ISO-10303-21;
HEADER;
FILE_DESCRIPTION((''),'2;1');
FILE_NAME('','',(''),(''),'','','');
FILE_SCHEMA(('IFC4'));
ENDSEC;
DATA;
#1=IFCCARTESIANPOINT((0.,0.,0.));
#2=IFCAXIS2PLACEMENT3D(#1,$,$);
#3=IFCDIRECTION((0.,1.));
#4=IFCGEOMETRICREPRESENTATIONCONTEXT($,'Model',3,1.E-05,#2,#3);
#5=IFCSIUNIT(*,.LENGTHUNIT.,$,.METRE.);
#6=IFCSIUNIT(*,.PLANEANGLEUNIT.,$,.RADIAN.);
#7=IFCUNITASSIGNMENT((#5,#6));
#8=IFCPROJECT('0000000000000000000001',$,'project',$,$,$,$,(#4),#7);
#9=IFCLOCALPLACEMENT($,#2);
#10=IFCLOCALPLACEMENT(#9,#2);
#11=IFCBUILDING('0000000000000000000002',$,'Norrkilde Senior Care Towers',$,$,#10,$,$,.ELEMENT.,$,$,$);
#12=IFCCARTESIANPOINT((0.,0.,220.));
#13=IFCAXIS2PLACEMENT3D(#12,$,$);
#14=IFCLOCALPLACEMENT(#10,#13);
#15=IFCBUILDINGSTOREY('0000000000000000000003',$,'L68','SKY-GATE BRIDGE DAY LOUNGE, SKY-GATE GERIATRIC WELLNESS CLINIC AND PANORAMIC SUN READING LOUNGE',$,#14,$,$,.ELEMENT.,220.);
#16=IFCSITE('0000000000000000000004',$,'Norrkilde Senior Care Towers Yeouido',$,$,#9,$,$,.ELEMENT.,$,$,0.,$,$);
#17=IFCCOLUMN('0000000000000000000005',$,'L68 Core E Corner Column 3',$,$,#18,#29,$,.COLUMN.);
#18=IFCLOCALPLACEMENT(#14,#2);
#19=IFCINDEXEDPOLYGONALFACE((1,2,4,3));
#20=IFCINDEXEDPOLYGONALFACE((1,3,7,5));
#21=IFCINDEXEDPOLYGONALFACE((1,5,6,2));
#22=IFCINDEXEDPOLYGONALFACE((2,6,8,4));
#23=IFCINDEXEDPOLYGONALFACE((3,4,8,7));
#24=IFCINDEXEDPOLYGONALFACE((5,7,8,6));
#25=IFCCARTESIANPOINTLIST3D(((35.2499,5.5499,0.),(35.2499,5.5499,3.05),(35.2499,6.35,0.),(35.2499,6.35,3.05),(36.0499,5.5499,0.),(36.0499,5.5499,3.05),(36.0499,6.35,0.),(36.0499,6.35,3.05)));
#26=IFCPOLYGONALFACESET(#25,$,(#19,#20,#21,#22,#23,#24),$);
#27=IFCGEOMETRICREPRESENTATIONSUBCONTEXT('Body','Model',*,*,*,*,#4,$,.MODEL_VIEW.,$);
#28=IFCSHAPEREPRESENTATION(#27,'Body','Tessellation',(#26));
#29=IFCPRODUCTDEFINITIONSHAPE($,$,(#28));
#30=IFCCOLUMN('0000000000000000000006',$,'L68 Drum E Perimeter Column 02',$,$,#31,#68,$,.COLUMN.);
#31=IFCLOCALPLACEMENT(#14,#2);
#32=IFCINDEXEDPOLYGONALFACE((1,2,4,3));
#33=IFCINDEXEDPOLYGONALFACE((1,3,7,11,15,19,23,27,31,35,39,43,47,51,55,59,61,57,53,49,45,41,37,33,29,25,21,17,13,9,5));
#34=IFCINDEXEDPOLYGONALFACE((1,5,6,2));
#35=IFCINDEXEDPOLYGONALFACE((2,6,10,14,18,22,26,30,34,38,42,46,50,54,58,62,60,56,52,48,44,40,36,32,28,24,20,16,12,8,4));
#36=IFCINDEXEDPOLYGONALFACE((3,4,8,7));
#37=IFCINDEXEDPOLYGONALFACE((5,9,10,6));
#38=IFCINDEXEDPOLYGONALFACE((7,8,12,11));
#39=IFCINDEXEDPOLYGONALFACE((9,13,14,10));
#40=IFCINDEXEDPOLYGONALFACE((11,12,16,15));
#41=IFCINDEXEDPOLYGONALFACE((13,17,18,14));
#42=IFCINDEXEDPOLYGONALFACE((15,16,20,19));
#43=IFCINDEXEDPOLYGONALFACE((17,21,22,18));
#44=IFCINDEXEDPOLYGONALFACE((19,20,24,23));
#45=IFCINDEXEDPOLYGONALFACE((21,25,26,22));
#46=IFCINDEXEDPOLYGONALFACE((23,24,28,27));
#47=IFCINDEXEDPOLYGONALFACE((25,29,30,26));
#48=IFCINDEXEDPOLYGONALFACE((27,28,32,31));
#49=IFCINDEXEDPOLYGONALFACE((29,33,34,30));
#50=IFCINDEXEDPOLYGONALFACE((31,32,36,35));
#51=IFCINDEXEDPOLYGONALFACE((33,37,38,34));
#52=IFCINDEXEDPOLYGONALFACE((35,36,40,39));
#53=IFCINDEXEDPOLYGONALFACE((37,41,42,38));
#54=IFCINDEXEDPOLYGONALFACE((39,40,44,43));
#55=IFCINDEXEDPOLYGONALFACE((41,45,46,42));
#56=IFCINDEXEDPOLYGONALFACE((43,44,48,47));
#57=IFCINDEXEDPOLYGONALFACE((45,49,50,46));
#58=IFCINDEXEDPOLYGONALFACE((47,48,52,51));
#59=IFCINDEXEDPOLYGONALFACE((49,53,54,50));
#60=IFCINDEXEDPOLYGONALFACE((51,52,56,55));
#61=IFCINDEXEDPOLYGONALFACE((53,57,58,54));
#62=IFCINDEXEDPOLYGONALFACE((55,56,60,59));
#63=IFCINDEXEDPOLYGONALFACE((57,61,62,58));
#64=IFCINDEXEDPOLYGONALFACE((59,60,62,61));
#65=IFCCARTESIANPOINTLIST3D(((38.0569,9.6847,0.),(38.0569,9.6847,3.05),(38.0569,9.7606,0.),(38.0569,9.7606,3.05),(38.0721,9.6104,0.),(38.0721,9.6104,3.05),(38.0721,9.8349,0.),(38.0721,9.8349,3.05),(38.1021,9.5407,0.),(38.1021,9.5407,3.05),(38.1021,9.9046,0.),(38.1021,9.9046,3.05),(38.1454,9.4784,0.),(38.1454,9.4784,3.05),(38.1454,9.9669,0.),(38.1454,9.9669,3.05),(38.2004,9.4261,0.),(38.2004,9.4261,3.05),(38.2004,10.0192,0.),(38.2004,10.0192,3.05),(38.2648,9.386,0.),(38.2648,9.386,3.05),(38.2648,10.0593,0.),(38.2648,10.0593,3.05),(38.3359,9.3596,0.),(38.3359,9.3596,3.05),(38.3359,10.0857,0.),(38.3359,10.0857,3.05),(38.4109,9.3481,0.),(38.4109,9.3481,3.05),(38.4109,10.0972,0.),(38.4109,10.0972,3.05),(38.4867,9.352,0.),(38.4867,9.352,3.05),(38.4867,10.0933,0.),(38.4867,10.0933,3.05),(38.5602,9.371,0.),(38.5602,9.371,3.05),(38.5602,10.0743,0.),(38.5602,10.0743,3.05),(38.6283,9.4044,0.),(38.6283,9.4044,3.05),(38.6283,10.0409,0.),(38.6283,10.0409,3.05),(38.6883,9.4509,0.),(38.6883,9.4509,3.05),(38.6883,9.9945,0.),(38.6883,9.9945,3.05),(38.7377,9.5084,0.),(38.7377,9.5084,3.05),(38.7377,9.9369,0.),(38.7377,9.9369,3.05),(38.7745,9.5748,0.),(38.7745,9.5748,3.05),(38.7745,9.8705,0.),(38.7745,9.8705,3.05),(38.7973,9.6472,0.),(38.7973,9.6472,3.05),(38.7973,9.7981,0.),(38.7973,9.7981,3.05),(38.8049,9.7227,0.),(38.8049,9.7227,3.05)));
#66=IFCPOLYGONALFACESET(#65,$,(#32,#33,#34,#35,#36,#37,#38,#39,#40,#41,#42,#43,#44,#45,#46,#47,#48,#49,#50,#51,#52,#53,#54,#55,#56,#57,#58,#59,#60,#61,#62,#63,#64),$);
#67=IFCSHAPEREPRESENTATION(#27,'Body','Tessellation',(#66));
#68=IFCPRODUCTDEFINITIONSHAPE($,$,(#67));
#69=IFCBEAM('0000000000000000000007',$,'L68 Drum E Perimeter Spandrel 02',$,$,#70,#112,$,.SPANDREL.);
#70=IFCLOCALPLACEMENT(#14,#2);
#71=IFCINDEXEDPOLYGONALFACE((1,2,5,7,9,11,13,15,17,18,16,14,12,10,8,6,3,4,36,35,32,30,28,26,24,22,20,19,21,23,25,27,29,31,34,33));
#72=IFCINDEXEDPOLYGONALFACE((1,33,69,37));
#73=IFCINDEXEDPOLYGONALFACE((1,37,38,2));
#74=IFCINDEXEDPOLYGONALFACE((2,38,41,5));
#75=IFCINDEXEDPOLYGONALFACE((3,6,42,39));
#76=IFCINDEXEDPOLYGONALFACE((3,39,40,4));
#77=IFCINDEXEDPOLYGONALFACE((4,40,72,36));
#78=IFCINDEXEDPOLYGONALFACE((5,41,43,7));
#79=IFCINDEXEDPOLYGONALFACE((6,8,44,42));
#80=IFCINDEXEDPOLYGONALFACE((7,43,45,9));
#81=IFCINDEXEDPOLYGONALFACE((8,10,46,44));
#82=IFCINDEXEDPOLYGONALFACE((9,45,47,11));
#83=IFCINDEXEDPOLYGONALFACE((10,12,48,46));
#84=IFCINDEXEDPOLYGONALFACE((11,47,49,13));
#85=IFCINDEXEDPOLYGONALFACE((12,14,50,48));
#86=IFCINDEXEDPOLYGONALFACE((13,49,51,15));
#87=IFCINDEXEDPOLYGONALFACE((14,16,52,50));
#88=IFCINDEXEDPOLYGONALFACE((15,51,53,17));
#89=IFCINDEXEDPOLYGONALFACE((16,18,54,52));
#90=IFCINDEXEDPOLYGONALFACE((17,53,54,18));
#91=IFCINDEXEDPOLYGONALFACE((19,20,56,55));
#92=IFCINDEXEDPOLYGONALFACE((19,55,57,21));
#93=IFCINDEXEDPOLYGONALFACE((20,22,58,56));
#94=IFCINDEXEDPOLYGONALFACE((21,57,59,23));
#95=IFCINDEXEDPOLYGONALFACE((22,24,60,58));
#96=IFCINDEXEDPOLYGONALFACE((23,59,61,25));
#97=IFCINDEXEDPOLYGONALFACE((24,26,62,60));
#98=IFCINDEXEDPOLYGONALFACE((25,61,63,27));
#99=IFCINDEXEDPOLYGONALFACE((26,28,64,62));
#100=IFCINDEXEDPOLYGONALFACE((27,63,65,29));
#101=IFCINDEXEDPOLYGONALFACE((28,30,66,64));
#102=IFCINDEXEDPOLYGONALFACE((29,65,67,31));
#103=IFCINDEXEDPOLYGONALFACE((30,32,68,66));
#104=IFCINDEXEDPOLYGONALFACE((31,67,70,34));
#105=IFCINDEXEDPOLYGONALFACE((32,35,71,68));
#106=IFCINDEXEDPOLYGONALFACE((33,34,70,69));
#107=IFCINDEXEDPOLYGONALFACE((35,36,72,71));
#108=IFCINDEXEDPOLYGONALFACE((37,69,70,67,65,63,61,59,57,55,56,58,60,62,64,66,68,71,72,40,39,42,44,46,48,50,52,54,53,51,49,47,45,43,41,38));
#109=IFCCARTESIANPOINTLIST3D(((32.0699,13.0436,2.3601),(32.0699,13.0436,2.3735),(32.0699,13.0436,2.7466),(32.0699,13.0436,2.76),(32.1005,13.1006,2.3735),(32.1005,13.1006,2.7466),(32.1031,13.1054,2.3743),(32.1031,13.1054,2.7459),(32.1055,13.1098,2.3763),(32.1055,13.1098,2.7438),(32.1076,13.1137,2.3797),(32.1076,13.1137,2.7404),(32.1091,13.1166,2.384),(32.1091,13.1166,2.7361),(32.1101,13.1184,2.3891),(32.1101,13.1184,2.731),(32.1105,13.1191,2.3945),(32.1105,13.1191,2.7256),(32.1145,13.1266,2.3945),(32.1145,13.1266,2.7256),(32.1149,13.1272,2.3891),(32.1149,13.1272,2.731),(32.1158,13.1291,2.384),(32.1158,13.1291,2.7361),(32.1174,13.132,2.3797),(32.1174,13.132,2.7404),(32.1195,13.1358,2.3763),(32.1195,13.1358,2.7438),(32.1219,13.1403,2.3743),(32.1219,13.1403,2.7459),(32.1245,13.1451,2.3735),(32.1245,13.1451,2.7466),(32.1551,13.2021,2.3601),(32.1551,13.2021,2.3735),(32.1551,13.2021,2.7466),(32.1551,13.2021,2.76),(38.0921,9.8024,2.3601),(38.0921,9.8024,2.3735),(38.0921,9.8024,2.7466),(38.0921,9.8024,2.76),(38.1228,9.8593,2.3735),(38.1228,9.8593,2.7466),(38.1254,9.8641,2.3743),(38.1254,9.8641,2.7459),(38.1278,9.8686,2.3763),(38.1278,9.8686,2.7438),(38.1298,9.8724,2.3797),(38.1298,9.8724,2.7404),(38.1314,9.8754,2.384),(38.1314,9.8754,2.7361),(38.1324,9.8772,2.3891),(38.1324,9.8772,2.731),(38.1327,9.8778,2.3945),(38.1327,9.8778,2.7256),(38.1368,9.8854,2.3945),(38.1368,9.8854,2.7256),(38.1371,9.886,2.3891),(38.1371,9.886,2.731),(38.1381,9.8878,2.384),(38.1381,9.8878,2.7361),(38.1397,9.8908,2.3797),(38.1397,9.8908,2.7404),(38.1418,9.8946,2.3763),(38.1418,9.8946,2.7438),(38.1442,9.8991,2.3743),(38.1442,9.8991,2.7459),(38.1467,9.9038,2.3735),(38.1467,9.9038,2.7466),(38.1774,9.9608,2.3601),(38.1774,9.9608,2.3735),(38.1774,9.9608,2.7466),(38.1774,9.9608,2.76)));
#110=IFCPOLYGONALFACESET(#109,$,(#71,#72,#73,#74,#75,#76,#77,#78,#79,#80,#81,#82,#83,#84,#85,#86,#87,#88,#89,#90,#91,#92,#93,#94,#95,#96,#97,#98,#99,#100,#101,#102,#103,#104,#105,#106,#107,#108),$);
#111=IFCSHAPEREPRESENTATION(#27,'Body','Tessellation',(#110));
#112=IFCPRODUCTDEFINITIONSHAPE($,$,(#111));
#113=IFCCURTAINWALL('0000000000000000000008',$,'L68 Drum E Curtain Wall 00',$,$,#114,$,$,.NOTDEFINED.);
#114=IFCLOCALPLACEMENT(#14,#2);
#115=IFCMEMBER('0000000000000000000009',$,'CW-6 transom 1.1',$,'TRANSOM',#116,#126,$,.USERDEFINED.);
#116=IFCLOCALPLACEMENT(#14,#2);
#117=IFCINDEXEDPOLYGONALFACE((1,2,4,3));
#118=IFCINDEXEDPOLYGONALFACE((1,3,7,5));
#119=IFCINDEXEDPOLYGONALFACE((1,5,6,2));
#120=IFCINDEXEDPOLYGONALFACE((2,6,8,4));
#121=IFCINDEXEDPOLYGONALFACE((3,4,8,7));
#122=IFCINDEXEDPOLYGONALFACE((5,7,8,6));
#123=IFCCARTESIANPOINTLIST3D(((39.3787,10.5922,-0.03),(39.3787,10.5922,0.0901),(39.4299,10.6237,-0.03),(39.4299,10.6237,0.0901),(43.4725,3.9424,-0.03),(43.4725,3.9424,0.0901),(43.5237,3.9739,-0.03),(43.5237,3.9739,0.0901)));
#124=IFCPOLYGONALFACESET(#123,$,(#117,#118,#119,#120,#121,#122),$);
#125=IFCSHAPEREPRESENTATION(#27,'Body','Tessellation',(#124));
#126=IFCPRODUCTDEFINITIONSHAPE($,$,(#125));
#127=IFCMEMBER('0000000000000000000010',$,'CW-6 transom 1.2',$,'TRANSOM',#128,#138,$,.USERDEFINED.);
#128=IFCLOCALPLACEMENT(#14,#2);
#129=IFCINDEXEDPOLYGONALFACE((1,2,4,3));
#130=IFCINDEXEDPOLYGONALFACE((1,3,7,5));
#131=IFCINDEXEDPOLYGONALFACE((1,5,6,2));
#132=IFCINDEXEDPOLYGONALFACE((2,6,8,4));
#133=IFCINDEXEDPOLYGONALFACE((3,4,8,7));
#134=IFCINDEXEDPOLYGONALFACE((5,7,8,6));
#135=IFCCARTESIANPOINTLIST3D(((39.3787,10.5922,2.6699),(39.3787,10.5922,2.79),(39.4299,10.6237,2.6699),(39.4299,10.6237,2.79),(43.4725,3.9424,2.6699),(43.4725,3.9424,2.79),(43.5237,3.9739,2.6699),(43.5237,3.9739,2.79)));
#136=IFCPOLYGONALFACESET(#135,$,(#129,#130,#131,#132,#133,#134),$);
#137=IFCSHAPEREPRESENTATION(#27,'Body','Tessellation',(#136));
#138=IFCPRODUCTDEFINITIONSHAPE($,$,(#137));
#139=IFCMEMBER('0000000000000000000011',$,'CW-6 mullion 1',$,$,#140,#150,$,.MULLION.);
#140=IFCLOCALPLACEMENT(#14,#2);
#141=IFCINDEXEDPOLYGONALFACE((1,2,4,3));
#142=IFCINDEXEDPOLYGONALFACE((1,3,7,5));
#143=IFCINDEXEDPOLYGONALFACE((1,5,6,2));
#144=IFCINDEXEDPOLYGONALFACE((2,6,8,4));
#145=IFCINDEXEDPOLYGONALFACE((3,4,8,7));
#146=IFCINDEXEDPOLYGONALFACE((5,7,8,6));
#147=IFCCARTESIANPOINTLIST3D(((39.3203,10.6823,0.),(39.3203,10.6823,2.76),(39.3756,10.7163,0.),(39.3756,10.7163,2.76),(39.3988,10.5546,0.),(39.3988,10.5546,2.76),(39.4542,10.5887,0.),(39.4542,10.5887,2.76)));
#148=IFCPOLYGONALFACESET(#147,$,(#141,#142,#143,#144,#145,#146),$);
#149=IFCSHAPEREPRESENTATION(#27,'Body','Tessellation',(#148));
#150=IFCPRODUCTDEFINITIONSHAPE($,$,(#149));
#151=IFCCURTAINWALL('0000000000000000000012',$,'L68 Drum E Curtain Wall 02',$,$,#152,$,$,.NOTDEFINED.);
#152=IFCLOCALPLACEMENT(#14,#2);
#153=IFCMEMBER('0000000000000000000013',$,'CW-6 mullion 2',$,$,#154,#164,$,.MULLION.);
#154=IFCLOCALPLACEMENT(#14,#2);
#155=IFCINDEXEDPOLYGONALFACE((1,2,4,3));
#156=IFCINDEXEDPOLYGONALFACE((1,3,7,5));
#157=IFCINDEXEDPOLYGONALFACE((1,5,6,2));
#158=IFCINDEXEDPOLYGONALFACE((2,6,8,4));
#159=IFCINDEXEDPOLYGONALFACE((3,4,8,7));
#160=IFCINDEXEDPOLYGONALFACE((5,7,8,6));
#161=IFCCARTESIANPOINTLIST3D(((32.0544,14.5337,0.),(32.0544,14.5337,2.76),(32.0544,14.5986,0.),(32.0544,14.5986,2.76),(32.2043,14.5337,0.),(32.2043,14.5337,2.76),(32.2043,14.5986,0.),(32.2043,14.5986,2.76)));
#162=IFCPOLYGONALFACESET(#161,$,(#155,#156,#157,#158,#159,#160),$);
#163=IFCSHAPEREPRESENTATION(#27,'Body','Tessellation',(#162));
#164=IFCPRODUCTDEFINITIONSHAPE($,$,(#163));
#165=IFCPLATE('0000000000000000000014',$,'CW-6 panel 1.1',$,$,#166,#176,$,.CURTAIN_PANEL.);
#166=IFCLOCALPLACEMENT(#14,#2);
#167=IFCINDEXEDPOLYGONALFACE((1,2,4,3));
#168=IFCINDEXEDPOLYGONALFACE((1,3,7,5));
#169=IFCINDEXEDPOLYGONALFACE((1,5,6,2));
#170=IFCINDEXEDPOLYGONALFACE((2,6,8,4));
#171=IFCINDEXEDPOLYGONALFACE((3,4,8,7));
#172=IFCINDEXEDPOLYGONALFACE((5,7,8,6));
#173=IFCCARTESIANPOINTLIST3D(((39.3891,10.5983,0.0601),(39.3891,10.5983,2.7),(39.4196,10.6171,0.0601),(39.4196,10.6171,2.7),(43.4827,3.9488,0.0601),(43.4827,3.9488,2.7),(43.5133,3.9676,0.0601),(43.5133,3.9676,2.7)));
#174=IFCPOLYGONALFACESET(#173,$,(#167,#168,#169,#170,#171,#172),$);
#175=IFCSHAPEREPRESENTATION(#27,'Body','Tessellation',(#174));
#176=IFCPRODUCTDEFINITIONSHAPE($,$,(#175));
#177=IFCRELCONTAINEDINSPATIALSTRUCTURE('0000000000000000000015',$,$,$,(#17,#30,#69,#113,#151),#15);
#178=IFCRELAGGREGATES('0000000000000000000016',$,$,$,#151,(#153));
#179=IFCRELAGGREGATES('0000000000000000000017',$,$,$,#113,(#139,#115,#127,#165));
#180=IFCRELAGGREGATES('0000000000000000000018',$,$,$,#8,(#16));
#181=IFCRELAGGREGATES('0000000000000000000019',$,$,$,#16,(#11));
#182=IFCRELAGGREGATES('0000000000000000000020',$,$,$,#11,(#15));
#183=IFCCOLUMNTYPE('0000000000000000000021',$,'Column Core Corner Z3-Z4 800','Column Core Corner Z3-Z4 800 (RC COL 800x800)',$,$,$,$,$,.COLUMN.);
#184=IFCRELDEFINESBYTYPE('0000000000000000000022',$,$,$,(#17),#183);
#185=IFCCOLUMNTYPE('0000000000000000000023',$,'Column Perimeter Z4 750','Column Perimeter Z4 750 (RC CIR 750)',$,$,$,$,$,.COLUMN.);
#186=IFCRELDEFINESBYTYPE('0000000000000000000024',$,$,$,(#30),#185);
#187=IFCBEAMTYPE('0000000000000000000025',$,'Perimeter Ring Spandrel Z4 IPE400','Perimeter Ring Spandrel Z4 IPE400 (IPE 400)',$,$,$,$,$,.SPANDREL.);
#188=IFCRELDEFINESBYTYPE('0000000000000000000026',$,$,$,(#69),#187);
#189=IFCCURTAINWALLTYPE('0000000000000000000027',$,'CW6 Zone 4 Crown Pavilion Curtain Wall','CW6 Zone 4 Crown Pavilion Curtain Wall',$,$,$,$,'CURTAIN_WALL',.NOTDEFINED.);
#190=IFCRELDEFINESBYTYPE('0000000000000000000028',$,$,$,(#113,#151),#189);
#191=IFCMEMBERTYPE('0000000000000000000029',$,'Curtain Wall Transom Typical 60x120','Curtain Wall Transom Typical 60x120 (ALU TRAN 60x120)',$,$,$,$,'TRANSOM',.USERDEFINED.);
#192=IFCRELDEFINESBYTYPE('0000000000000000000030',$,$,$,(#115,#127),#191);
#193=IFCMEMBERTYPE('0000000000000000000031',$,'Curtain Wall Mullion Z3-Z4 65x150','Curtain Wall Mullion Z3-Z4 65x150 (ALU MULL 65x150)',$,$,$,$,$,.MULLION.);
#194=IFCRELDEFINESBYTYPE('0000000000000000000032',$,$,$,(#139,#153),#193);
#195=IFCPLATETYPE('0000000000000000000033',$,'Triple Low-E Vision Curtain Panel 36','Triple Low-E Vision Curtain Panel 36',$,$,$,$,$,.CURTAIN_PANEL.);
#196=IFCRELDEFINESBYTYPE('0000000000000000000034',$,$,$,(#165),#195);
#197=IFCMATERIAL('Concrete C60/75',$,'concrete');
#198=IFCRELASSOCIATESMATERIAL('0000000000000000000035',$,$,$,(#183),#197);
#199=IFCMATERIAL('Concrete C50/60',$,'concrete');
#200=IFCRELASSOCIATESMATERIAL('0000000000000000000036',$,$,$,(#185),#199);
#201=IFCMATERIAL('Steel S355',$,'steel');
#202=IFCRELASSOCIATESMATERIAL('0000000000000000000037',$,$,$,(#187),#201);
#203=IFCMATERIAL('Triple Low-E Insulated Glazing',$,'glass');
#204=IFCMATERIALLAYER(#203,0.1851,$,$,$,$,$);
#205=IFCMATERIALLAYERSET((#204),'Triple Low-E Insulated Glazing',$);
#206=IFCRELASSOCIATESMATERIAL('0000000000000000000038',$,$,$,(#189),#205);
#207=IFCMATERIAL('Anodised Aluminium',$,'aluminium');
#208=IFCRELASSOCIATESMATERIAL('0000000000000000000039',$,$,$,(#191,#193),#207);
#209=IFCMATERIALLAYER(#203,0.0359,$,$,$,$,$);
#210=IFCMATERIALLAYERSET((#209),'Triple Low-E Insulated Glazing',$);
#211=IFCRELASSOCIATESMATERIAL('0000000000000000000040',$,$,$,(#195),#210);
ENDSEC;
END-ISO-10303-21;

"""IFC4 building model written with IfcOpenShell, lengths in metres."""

from ifc_helpers import new_model, si_unit, direction, frame, origin, origin_2d, place, context, subcontext, project, spatial, rectangle, circle, i_section, extrude, source, transform, mapped, material, layer, layer_set, material_profile, profile_set, type_object, type_shapes, element, aggregate, save


model = new_model("IFC4")

# Units and contexts
model_context = context("Model", 3, precision=1e-05, world=origin(), true_north=direction((0.0, 1.0)))
body_context = subcontext(model_context, "Body", "Model", "MODEL_VIEW")
ifc_project = project(units=[si_unit("LENGTHUNIT", "METRE"), si_unit("PLANEANGLEUNIT", "RADIAN")], contexts=[model_context])

# Site, building, storey
site_placement = place(None, origin())
site = spatial("IfcSite", under=ifc_project, at=site_placement, Name="Norrkilde Senior Care Towers Yeouido", CompositionType="ELEMENT", RefElevation=0.0)
building_placement = place(site_placement, origin())
building = spatial("IfcBuilding", under=site, at=building_placement, Name="Norrkilde Senior Care Towers", CompositionType="ELEMENT")
storey_placement = place(building_placement, frame((0.0, 0.0, 220.0)))
storey = spatial("IfcBuildingStorey", under=building, at=storey_placement, Name="L68", Description="SKY-GATE BRIDGE DAY LOUNGE, SKY-GATE GERIATRIC WELLNESS CLINIC AND PANORAMIC SUN READING LOUNGE", CompositionType="ELEMENT", Elevation=220.0)

# Columns
ifc_material_1 = material(Name="Concrete C60/75", Category="concrete")
ifc_material_profile_1 = material_profile(ifc_material_1, rectangle(XDim=0.8, YDim=0.8, at=origin_2d()), Name="RC COL 800x800")
ifc_profile_set_1 = profile_set([ifc_material_profile_1], Name="Concrete C60/75")
column_type_1 = type_object("IfcColumnType", Name="Column Core Corner Z3-Z4 800", Description="Column Core Corner Z3-Z4 800 (RC COL 800x800)", PredefinedType="COLUMN", material=ifc_profile_set_1)
shared_shape_1 = source(origin(), body_context, "Body", "SweptSolid", [
    extrude(rectangle(XDim=0.8, YDim=0.8, at=origin_2d()), origin(), (0.0, 0.0, 1.0), 3.05),
])
type_shapes(column_type_1, [shared_shape_1])
column_1_placement = place(storey_placement, frame((35.6499, 5.95, 0.0), z_axis=(0.0, 0.0, 1.0), x_axis=(1.0, 0.0, 0.0)))
element("IfcColumn", 1, at=column_1_placement, inside=storey, type_object=column_type_1, Name="L68 Core E Corner Column 3", PredefinedType="COLUMN", context=body_context, shape_type="MappedRepresentation", body=[
    mapped(shared_shape_1, transform((0.0, 0.0, 0.0), x_axis=(1.0, 0.0, 0.0), y_axis=(0.0, 1.0, 0.0), z_axis=(0.0, 0.0, 1.0), scale=1.0)),
])
ifc_material_2 = material(Name="Concrete C50/60", Category="concrete")
ifc_material_profile_2 = material_profile(ifc_material_2, circle(Radius=0.375, at=origin_2d()), Name="RC CIR 750")
ifc_profile_set_2 = profile_set([ifc_material_profile_2], Name="Concrete C50/60")
column_type_2 = type_object("IfcColumnType", Name="Column Perimeter Z4 750", Description="Column Perimeter Z4 750 (RC CIR 750)", PredefinedType="COLUMN", material=ifc_profile_set_2)
shared_shape_2 = source(origin(), body_context, "Body", "SweptSolid", [
    extrude(circle(Radius=0.375, at=origin_2d()), origin(), (0.0, 0.0, 1.0), 3.05),
])
type_shapes(column_type_2, [shared_shape_2])
column_2_placement = place(storey_placement, frame((38.4299, 9.7227, 0.0), z_axis=(0.0, 0.0, 1.0), x_axis=(1.0, 0.0, 0.0)))
element("IfcColumn", 2, at=column_2_placement, inside=storey, type_object=column_type_2, Name="L68 Drum E Perimeter Column 02", PredefinedType="COLUMN", context=body_context, shape_type="MappedRepresentation", body=[
    mapped(shared_shape_2, transform((0.0, 0.0, 0.0), x_axis=(1.0, 0.0, 0.0), y_axis=(0.0, 1.0, 0.0), z_axis=(0.0, 0.0, 1.0), scale=1.0)),
])

# Beam
ifc_material_3 = material(Name="Steel S355", Category="steel")
ifc_material_profile_3 = material_profile(ifc_material_3, i_section(OverallWidth=0.1799, OverallDepth=0.3999, WebThickness=0.0085, FlangeThickness=0.0134, FilletRadius=0.021, at=origin_2d()), Name="IPE 400")
ifc_profile_set_3 = profile_set([ifc_material_profile_3], Name="Steel S355")
beam_type = type_object("IfcBeamType", Name="Perimeter Ring Spandrel Z4 IPE400", Description="Perimeter Ring Spandrel Z4 IPE400 (IPE 400)", PredefinedType="SPANDREL", material=ifc_profile_set_3)
shared_shape_3 = source(origin(), body_context, "Body", "SweptSolid", [
    extrude(i_section(OverallWidth=0.1799, OverallDepth=0.3999, WebThickness=0.0085, FlangeThickness=0.0134, FilletRadius=0.021, at=origin_2d()), origin(), (0.0, 0.0, 1.0), 6.8391),
])
type_shapes(beam_type, [shared_shape_3])
beam_placement = place(storey_placement, frame((38.1348, 9.8816, 2.5601), z_axis=(-0.880564, 0.473927, 0.0), x_axis=(-0.473927, -0.880564, 0.0)))
element("IfcBeam", 3, at=beam_placement, inside=storey, type_object=beam_type, Name="L68 Drum E Perimeter Spandrel 02", PredefinedType="SPANDREL", context=body_context, shape_type="MappedRepresentation", body=[
    mapped(shared_shape_3, transform((0.0, 0.0, 0.0), x_axis=(1.0, 0.0, 0.0), y_axis=(0.0, 1.0, 0.0), z_axis=(0.0, 0.0, 1.0), scale=1.0)),
])

# Curtain wall, members
ifc_material_4 = material(Name="Triple Low-E Insulated Glazing", Category="glass")
ifc_layer_1 = layer(ifc_material_4, 0.1851)
ifc_layer_set_1 = layer_set([ifc_layer_1], Name="Triple Low-E Insulated Glazing")
curtain_wall_type = type_object("IfcCurtainWallType", Name="CW6 Zone 4 Crown Pavilion Curtain Wall", Description="CW6 Zone 4 Crown Pavilion Curtain Wall", ElementType="CURTAIN_WALL", PredefinedType="NOTDEFINED", material=ifc_layer_set_1)
curtain_wall_1_placement = place(storey_placement, origin())
curtain_wall_1 = element("IfcCurtainWall", 4, at=curtain_wall_1_placement, inside=storey, type_object=curtain_wall_type, Name="L68 Drum E Curtain Wall 00", PredefinedType="NOTDEFINED")
ifc_material_5 = material(Name="Anodised Aluminium", Category="aluminium")
ifc_material_profile_4 = material_profile(ifc_material_5, rectangle(XDim=0.0601, YDim=0.1201, at=origin_2d()), Name="ALU TRAN 60x120")
ifc_profile_set_4 = profile_set([ifc_material_profile_4], Name="Anodised Aluminium")
member_type_1 = type_object("IfcMemberType", Name="Curtain Wall Transom Typical 60x120", Description="Curtain Wall Transom Typical 60x120 (ALU TRAN 60x120)", ElementType="TRANSOM", PredefinedType="USERDEFINED", material=ifc_profile_set_4)
shared_shape_4 = source(origin(), body_context, "Body", "SweptSolid", [
    extrude(rectangle(XDim=0.0601, YDim=0.1201, at=origin_2d()), origin(), (0.0, 0.0, 1.0), 7.8088),
])
type_shapes(member_type_1, [shared_shape_4])
member_1_placement = place(storey_placement, frame((39.4043, 10.6079, 0.03), z_axis=(0.524251, -0.851564, 0.0), x_axis=(0.851564, 0.524251, 0.0)))
member_1 = element("IfcMember", 5, at=member_1_placement, type_object=member_type_1, Name="CW-6 transom 1.1", ObjectType="TRANSOM", PredefinedType="USERDEFINED", context=body_context, shape_type="MappedRepresentation", body=[
    mapped(shared_shape_4, transform((0.0, 0.0, 0.0), x_axis=(1.0, 0.0, 0.0), y_axis=(0.0, 1.0, 0.0), z_axis=(0.0, 0.0, 1.0), scale=1.0)),
])
member_2_placement = place(storey_placement, frame((39.4043, 10.6079, 2.73), z_axis=(0.524251, -0.851564, 0.0), x_axis=(0.851564, 0.524251, 0.0)))
member_2 = element("IfcMember", 6, at=member_2_placement, type_object=member_type_1, Name="CW-6 transom 1.2", ObjectType="TRANSOM", PredefinedType="USERDEFINED", context=body_context, shape_type="MappedRepresentation", body=[
    mapped(shared_shape_4, transform((0.0, 0.0, 0.0), x_axis=(1.0, 0.0, 0.0), y_axis=(0.0, 1.0, 0.0), z_axis=(0.0, 0.0, 1.0), scale=1.0)),
])
ifc_material_profile_5 = material_profile(ifc_material_5, rectangle(XDim=0.0649, YDim=0.1499, at=origin_2d()), Name="ALU MULL 65x150")
ifc_profile_set_5 = profile_set([ifc_material_profile_5], Name="Anodised Aluminium")
member_type_2 = type_object("IfcMemberType", Name="Curtain Wall Mullion Z3-Z4 65x150", Description="Curtain Wall Mullion Z3-Z4 65x150 (ALU MULL 65x150)", PredefinedType="MULLION", material=ifc_profile_set_5)
shared_shape_5 = source(origin(), body_context, "Body", "SweptSolid", [
    extrude(rectangle(XDim=0.0649, YDim=0.1499, at=origin_2d()), origin(), (0.0, 0.0, 1.0), 2.76),
])
type_shapes(member_type_2, [shared_shape_5])
member_3_placement = place(storey_placement, frame((39.3872, 10.6355, 0.0), z_axis=(0.0, 0.0, 1.0), x_axis=(0.851563, 0.524253, 0.0)))
member_3 = element("IfcMember", 7, at=member_3_placement, type_object=member_type_2, Name="CW-6 mullion 1", PredefinedType="MULLION", context=body_context, shape_type="MappedRepresentation", body=[
    mapped(shared_shape_5, transform((0.0, 0.0, 0.0), x_axis=(1.0, 0.0, 0.0), y_axis=(0.0, 1.0, 0.0), z_axis=(0.0, 0.0, 1.0), scale=1.0)),
])

# Curtain wall, member
curtain_wall_2_placement = place(storey_placement, origin())
curtain_wall_2 = element("IfcCurtainWall", 8, at=curtain_wall_2_placement, inside=storey, type_object=curtain_wall_type, Name="L68 Drum E Curtain Wall 02", PredefinedType="NOTDEFINED")
member_4_placement = place(storey_placement, frame((32.1294, 14.5662, 0.0), z_axis=(0.0, 0.0, 1.0), x_axis=(0.0, 1.0, 0.0)))
member_4 = element("IfcMember", 9, at=member_4_placement, type_object=member_type_2, Name="CW-6 mullion 2", PredefinedType="MULLION", context=body_context, shape_type="MappedRepresentation", body=[
    mapped(shared_shape_5, transform((0.0, 0.0, 0.0), x_axis=(1.0, 0.0, 0.0), y_axis=(0.0, 1.0, 0.0), z_axis=(0.0, 0.0, 1.0), scale=1.0)),
])
aggregate(curtain_wall_2, [member_4])

# Plate
ifc_layer_2 = layer(ifc_material_4, 0.0359)
ifc_layer_set_2 = layer_set([ifc_layer_2], Name="Triple Low-E Insulated Glazing")
plate_type = type_object("IfcPlateType", Name="Triple Low-E Vision Curtain Panel 36", Description="Triple Low-E Vision Curtain Panel 36", PredefinedType="CURTAIN_PANEL", material=ifc_layer_set_2)
shared_shape_6 = source(origin(), body_context, "Body", "SweptSolid", [
    extrude(rectangle(XDim=7.8086, YDim=0.0359, at=origin_2d()), origin(), (0.0, 0.0, 1.0), 2.6399),
])
type_shapes(plate_type, [shared_shape_6])
plate_placement = place(storey_placement, frame((41.4512, 7.283, 0.0601), z_axis=(0.0, 0.0, 1.0), x_axis=(0.524253, -0.851563, 0.0)))
plate = element("IfcPlate", 10, at=plate_placement, type_object=plate_type, Name="CW-6 panel 1.1", PredefinedType="CURTAIN_PANEL", context=body_context, shape_type="MappedRepresentation", body=[
    mapped(shared_shape_6, transform((0.0, 0.0, 0.0), x_axis=(1.0, 0.0, 0.0), y_axis=(0.0, 1.0, 0.0), z_axis=(0.0, 0.0, 1.0), scale=1.0)),
])
aggregate(curtain_wall_1, [member_3, member_1, member_2, plate])

save(model, "model.ifc")
